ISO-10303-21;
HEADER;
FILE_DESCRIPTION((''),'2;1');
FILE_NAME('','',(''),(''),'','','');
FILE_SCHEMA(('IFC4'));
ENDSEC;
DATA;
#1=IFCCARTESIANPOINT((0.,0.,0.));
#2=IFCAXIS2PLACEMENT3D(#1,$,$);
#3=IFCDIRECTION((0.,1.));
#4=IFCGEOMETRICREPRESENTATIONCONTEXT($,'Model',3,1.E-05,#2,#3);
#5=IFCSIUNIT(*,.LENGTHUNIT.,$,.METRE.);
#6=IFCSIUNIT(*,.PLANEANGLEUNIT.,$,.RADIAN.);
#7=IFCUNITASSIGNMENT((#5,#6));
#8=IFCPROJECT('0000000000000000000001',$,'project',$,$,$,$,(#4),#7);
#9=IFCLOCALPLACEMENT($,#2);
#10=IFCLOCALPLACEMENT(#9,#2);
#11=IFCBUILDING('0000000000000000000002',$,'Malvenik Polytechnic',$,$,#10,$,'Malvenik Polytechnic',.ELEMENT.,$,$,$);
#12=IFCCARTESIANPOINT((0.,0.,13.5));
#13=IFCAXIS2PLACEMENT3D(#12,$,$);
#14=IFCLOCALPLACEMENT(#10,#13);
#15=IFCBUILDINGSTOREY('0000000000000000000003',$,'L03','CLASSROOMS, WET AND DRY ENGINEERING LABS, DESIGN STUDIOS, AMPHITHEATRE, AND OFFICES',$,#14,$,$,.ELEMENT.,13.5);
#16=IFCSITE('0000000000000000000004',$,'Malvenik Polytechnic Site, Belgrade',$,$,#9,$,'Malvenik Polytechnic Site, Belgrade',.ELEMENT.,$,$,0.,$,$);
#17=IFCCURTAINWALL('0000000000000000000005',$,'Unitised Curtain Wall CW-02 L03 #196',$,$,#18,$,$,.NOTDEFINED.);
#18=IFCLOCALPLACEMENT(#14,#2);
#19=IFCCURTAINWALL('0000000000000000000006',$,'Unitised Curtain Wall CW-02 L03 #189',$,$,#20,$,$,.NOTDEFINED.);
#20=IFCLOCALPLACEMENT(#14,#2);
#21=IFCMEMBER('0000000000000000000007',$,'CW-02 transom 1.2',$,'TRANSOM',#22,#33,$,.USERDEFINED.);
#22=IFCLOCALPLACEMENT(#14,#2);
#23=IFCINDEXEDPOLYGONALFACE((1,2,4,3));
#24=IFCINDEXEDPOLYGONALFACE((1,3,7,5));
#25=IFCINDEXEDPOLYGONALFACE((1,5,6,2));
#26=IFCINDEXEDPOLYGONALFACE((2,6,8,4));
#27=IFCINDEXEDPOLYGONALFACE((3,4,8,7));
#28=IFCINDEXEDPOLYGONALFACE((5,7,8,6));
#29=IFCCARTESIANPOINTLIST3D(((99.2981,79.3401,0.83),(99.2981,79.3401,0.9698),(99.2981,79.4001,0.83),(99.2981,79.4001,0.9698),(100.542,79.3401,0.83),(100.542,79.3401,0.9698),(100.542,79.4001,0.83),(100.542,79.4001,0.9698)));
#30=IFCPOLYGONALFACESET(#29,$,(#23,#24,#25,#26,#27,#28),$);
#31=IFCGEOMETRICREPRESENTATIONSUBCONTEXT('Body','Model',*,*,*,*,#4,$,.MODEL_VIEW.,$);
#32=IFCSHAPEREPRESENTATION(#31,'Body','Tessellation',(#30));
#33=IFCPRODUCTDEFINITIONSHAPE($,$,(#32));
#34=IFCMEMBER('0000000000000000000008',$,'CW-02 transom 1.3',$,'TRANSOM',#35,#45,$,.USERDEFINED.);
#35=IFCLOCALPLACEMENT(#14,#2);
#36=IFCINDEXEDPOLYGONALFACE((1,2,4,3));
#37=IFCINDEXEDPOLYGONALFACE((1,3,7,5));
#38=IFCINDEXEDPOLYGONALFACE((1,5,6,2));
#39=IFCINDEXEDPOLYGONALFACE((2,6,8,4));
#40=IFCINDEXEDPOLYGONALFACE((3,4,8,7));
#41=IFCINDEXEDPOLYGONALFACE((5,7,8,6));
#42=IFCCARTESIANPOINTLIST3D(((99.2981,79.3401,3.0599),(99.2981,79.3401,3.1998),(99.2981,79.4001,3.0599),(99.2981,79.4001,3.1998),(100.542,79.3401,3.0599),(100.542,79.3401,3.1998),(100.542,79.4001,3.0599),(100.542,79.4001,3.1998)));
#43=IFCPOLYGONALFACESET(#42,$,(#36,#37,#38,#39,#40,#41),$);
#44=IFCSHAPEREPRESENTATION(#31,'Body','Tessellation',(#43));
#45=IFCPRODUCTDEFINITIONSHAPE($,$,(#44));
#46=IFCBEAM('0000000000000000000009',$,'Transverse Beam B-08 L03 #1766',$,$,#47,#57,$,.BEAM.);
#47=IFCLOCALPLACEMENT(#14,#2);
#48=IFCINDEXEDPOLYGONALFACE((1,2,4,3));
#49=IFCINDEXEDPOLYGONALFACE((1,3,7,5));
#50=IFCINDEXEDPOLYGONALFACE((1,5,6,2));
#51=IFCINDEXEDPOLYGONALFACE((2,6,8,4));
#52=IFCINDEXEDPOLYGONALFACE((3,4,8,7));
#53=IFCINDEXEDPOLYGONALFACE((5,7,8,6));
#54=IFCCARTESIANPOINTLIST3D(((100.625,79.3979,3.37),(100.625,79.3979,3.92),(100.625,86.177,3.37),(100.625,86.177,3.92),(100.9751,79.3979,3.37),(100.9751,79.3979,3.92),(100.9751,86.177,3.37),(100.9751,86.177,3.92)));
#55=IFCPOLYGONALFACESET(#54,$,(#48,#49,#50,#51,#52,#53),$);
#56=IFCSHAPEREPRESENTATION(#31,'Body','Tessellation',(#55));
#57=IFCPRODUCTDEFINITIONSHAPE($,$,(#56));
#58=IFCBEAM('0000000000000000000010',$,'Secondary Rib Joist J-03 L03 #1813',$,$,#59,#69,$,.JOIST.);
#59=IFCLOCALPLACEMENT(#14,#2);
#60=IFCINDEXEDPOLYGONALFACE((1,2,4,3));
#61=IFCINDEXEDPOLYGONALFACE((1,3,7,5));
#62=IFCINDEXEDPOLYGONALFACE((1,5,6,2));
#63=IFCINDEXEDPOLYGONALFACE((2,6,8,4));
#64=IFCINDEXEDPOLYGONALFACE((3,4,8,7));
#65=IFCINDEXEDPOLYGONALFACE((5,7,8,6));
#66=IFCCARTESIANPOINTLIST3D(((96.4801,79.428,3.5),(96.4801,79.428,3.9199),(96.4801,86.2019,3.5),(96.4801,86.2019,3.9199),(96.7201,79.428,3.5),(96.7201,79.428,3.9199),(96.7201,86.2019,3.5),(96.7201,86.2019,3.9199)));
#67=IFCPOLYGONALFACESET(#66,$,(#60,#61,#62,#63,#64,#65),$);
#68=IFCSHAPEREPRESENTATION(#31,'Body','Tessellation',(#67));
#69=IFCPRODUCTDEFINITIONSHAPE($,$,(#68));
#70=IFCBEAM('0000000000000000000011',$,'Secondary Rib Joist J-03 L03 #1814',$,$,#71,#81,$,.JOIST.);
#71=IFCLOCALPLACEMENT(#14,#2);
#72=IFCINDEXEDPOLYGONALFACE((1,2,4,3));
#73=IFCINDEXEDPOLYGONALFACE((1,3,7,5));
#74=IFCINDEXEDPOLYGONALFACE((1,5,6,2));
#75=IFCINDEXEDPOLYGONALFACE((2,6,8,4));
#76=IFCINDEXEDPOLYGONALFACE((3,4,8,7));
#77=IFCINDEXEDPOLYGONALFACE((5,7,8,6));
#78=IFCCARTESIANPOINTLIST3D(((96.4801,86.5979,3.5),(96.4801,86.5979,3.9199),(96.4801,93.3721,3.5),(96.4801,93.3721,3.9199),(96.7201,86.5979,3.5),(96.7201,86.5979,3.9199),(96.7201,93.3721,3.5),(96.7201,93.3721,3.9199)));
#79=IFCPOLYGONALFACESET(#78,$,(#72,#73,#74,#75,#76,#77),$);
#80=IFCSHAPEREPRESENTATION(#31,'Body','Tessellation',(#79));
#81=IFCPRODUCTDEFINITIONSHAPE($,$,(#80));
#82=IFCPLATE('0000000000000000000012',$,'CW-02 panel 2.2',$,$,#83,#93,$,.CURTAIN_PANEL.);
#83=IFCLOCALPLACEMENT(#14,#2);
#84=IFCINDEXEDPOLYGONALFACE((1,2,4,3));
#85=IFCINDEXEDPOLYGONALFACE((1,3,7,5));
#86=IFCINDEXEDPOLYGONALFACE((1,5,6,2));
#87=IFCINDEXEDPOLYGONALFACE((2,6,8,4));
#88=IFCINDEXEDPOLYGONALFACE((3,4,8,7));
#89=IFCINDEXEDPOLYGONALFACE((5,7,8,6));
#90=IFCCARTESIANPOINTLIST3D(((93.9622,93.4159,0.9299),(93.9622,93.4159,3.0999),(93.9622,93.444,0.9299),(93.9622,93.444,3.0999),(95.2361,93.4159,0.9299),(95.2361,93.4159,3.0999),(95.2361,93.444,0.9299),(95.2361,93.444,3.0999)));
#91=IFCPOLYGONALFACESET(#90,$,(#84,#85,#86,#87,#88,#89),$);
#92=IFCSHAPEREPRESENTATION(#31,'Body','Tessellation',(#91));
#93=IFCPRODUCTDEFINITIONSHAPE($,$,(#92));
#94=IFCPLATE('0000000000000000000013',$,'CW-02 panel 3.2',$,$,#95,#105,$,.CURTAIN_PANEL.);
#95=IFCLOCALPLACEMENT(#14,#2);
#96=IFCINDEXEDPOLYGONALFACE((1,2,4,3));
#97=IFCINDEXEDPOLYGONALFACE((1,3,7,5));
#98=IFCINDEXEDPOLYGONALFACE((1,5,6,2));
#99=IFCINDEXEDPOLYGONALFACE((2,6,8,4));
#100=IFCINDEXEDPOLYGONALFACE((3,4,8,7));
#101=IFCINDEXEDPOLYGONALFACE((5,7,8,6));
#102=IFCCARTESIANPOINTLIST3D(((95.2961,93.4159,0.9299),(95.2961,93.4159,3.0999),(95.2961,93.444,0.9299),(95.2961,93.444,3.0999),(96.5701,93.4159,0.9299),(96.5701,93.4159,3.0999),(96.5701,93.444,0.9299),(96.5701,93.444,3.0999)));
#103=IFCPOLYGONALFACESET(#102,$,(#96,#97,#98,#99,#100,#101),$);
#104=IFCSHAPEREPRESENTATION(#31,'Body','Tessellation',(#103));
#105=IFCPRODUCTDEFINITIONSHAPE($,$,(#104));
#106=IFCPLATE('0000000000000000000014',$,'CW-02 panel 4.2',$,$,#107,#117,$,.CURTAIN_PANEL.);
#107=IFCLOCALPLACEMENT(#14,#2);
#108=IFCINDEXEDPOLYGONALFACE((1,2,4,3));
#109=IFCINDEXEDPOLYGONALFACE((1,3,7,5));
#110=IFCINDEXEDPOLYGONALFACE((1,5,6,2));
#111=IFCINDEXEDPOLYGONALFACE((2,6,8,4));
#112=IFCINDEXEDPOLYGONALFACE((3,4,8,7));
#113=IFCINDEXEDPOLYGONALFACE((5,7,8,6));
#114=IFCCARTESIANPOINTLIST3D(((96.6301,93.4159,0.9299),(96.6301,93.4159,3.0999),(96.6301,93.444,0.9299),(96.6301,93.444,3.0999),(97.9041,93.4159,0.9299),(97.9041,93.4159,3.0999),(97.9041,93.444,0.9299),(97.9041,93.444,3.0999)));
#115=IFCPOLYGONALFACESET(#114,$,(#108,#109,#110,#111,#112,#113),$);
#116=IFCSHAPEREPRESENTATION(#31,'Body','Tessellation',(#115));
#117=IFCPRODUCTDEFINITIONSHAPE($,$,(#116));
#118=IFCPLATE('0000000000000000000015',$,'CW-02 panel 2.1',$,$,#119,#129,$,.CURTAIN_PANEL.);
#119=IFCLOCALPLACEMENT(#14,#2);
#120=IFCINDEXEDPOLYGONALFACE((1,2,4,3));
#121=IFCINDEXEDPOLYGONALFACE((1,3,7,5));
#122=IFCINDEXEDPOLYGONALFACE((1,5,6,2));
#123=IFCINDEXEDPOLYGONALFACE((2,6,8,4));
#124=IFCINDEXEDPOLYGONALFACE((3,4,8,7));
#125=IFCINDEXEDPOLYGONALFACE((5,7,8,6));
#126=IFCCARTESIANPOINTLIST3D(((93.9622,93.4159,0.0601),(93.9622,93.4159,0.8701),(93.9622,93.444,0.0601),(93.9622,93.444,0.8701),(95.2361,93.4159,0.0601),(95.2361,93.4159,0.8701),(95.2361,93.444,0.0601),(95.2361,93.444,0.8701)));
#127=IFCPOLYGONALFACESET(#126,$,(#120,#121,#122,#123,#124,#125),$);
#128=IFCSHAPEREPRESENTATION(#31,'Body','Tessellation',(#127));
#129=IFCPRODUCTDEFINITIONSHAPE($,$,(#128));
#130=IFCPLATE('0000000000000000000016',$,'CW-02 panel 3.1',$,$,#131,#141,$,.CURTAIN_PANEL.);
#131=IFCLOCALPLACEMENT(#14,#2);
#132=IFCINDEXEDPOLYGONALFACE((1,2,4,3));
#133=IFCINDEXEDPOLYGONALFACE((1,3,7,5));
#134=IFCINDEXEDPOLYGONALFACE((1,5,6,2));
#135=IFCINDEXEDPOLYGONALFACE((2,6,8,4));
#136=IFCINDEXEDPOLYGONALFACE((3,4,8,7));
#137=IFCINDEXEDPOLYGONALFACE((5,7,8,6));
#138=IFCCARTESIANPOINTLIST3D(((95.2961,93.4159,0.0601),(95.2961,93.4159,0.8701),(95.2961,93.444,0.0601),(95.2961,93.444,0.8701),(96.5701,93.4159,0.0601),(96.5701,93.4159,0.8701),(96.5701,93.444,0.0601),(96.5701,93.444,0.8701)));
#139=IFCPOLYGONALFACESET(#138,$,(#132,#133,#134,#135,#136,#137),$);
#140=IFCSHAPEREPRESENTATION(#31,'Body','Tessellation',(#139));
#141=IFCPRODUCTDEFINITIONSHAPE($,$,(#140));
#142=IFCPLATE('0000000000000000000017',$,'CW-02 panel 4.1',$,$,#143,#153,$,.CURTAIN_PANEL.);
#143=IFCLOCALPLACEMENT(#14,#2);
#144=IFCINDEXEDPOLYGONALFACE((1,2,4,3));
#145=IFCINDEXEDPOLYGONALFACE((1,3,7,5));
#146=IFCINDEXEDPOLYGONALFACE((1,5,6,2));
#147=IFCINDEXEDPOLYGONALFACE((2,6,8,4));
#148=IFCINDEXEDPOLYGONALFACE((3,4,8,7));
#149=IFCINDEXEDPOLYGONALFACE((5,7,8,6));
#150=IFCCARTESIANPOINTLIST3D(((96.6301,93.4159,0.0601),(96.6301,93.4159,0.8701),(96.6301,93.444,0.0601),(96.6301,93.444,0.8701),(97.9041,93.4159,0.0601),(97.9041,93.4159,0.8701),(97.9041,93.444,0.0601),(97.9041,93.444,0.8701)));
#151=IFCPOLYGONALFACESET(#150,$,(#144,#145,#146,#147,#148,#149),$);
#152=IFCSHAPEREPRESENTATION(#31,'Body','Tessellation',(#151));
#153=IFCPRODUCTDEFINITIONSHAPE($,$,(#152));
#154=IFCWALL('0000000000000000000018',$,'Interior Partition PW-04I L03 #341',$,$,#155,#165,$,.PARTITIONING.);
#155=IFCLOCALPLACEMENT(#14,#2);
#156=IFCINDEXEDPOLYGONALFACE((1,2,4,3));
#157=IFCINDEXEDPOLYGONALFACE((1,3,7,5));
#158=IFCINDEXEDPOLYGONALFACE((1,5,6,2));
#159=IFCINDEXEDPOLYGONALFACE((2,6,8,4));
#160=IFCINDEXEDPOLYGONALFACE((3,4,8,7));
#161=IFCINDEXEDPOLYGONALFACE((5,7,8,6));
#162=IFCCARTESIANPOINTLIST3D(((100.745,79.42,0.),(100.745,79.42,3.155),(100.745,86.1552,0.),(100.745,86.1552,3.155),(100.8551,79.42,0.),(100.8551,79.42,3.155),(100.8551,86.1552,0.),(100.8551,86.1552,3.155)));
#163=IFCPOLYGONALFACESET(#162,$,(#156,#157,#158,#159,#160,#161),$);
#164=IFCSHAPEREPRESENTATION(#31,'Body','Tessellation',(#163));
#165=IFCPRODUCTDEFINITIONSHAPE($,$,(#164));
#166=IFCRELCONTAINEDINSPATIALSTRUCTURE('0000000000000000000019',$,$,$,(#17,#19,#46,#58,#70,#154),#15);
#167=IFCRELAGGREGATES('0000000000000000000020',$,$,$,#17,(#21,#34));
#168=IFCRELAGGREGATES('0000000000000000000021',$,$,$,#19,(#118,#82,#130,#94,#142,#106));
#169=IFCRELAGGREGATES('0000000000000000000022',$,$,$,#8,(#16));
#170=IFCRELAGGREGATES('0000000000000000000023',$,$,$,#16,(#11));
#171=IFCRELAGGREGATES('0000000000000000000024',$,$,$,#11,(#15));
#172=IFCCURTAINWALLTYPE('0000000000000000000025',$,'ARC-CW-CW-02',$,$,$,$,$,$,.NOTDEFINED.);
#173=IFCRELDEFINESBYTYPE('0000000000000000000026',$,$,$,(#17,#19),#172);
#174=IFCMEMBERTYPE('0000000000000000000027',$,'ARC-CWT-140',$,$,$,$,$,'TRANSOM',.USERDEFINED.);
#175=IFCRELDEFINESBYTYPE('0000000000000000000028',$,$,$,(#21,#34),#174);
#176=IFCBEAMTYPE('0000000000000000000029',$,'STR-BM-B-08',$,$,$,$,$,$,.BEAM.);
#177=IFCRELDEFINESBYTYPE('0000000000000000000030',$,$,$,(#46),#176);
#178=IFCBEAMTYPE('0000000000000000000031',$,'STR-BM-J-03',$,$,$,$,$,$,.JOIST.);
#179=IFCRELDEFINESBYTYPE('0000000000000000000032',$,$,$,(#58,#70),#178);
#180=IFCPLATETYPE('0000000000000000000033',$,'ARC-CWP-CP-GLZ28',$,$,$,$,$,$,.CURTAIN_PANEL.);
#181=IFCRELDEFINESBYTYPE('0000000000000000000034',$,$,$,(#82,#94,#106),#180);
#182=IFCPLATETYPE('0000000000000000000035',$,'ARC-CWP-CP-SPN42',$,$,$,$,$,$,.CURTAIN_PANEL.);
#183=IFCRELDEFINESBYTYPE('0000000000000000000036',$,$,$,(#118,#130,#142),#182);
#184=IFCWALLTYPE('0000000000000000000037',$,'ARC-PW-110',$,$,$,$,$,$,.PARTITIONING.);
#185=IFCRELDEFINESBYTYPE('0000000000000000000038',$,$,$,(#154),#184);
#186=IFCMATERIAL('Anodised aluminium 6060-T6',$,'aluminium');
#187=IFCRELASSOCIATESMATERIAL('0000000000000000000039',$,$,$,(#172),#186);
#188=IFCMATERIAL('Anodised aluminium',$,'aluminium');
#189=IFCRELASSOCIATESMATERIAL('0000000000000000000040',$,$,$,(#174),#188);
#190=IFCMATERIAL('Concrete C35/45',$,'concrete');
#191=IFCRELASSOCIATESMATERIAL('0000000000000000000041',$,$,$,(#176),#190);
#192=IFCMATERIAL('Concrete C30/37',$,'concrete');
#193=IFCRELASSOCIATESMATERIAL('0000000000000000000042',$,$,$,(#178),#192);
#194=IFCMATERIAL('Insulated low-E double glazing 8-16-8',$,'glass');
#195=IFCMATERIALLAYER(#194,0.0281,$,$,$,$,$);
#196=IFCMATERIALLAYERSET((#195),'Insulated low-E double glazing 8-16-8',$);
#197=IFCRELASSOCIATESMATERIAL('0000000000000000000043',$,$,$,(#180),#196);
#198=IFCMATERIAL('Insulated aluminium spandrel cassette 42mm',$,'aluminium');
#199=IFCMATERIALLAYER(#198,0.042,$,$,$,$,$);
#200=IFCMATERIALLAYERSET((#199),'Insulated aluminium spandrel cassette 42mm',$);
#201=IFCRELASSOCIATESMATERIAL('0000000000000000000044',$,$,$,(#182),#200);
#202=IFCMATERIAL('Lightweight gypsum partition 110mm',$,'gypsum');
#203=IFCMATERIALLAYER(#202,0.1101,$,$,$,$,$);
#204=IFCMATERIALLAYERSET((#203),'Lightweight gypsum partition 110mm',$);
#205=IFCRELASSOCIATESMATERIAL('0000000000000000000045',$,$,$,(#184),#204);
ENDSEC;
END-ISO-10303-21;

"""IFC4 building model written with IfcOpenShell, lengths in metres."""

from ifc_helpers import new_model, si_unit, direction, frame, frame_2d, origin, origin_2d, place, context, subcontext, project, spatial, rectangle, extrude, material, layer, layer_set, material_profile, profile_set, type_object, element, aggregate, save


model = new_model("IFC4")

# Units and contexts
model_context = context("Model", 3, precision=1e-05, world=origin(), true_north=direction((0.0, 1.0)))
body_context = subcontext(model_context, "Body", "Model", "MODEL_VIEW")
ifc_project = project(units=[si_unit("LENGTHUNIT", "METRE"), si_unit("PLANEANGLEUNIT", "RADIAN")], contexts=[model_context])

# Site, building, storey
site_placement = place(None, origin())
site = spatial("IfcSite", under=ifc_project, at=site_placement, Name="Malvenik Polytechnic Site, Belgrade", LongName="Malvenik Polytechnic Site, Belgrade", CompositionType="ELEMENT", RefElevation=0.0)
building_placement = place(site_placement, origin())
building = spatial("IfcBuilding", under=site, at=building_placement, Name="Malvenik Polytechnic", LongName="Malvenik Polytechnic", CompositionType="ELEMENT")
storey_placement = place(building_placement, frame((0.0, 0.0, 13.5)))
storey = spatial("IfcBuildingStorey", under=building, at=storey_placement, Name="L03", Description="CLASSROOMS, WET AND DRY ENGINEERING LABS, DESIGN STUDIOS, AMPHITHEATRE, AND OFFICES", CompositionType="ELEMENT", Elevation=13.5)

# Shared definitions
ifc_material_1 = material(Name="Concrete C35/45", Category="concrete")

# Curtain wall
ifc_material_2 = material(Name="Anodised aluminium 6060-T6", Category="aluminium")
curtain_wall_type = type_object("IfcCurtainWallType", Name="ARC-CW-CW-02", PredefinedType="NOTDEFINED", material=ifc_material_2)
curtain_wall_1_placement = place(storey_placement, origin())
curtain_wall_1 = element("IfcCurtainWall", 1, at=curtain_wall_1_placement, inside=storey, type_object=curtain_wall_type, Name="Unitised Curtain Wall CW-02 L03 #196", PredefinedType="NOTDEFINED")
ifc_material_3 = material(Name="Anodised aluminium", Category="aluminium")

# Curtain wall
curtain_wall_2_placement = place(storey_placement, origin())
curtain_wall_2 = element("IfcCurtainWall", 2, at=curtain_wall_2_placement, inside=storey, type_object=curtain_wall_type, Name="Unitised Curtain Wall CW-02 L03 #189", PredefinedType="NOTDEFINED")

# Members
ifc_material_profile_1 = material_profile(ifc_material_3, rectangle(XDim=0.0601, YDim=0.1399, at=origin_2d()), Name="ALU TRANSOM 60x140")
ifc_profile_set_1 = profile_set([ifc_material_profile_1], Name="Anodised aluminium")
member_type_1 = type_object("IfcMemberType", Name="ARC-CWT-140", ElementType="TRANSOM", PredefinedType="USERDEFINED", material=ifc_profile_set_1)
member_1_placement = place(storey_placement, frame((100.542, 79.3701, 0.8999), z_axis=(-1.0, 0.0, 0.0), x_axis=(0.0, -1.0, 0.0)))
member_1 = element("IfcMember", 3, at=member_1_placement, type_object=member_type_1, Name="CW-02 transom 1.2", ObjectType="TRANSOM", PredefinedType="USERDEFINED", context=body_context, shape_type="SweptSolid", body=[
    extrude(rectangle(XDim=0.0601, YDim=0.1399, at=origin_2d()), origin(), (0.0, 0.0, 1.0), 1.2439),
])
member_2_placement = place(storey_placement, frame((100.542, 79.3701, 3.1299), z_axis=(-1.0, 0.0, 0.0), x_axis=(0.0, -1.0, 0.0)))
member_2 = element("IfcMember", 4, at=member_2_placement, type_object=member_type_1, Name="CW-02 transom 1.3", ObjectType="TRANSOM", PredefinedType="USERDEFINED", context=body_context, shape_type="SweptSolid", body=[
    extrude(rectangle(XDim=0.0601, YDim=0.1399, at=origin_2d()), origin(), (0.0, 0.0, 1.0), 1.2439),
])
aggregate(curtain_wall_1, [member_1, member_2])

# Beams
ifc_material_profile_2 = material_profile(ifc_material_1, rectangle(XDim=0.3501, YDim=0.55, at=origin_2d()), Name="RC BM 350x550")
ifc_profile_set_2 = profile_set([ifc_material_profile_2], Name="Concrete C35/45")
beam_type_1 = type_object("IfcBeamType", Name="STR-BM-B-08", PredefinedType="BEAM", material=ifc_profile_set_2)
beam_1_placement = place(storey_placement, frame((100.8, 79.3979, 3.645), z_axis=(0.0, 1.0, 0.0), x_axis=(-1.0, 0.0, 0.0)))
element("IfcBeam", 5, at=beam_1_placement, inside=storey, type_object=beam_type_1, Name="Transverse Beam B-08 L03 #1766", PredefinedType="BEAM", context=body_context, shape_type="SweptSolid", body=[
    extrude(rectangle(XDim=0.3501, YDim=0.55, at=origin_2d()), origin(), (0.0, 0.0, 1.0), 6.7791),
])
ifc_material_4 = material(Name="Concrete C30/37", Category="concrete")
ifc_material_profile_3 = material_profile(ifc_material_4, rectangle(XDim=0.24, YDim=0.4199, at=origin_2d()), Name="RC JST 240x420")
ifc_profile_set_3 = profile_set([ifc_material_profile_3], Name="Concrete C30/37")
beam_type_2 = type_object("IfcBeamType", Name="STR-BM-J-03", PredefinedType="JOIST", material=ifc_profile_set_3)
beam_2_placement = place(storey_placement, frame((96.6001, 79.428, 3.71), z_axis=(0.0, 1.0, 0.0), x_axis=(-1.0, 0.0, 0.0)))
element("IfcBeam", 6, at=beam_2_placement, inside=storey, type_object=beam_type_2, Name="Secondary Rib Joist J-03 L03 #1813", PredefinedType="JOIST", context=body_context, shape_type="SweptSolid", body=[
    extrude(rectangle(XDim=0.24, YDim=0.4199, at=origin_2d()), origin(), (0.0, 0.0, 1.0), 6.7739),
])
beam_3_placement = place(storey_placement, frame((96.6001, 86.5979, 3.71), z_axis=(0.0, 1.0, 0.0), x_axis=(-1.0, 0.0, 0.0)))
element("IfcBeam", 7, at=beam_3_placement, inside=storey, type_object=beam_type_2, Name="Secondary Rib Joist J-03 L03 #1814", PredefinedType="JOIST", context=body_context, shape_type="SweptSolid", body=[
    extrude(rectangle(XDim=0.24, YDim=0.4199, at=origin_2d()), origin(), (0.0, 0.0, 1.0), 6.7742),
])

# Plates
ifc_material_5 = material(Name="Insulated low-E double glazing 8-16-8", Category="glass")
ifc_layer_1 = layer(ifc_material_5, 0.0281)
ifc_layer_set_1 = layer_set([ifc_layer_1], Name="Insulated low-E double glazing 8-16-8")
plate_type_1 = type_object("IfcPlateType", Name="ARC-CWP-CP-GLZ28", PredefinedType="CURTAIN_PANEL", material=ifc_layer_set_1)
plate_1_placement = place(storey_placement, frame((94.5991, 93.4299, 0.9299), z_axis=(0.0, 0.0, 1.0), x_axis=(1.0, 0.0, 0.0)))
plate_1 = element("IfcPlate", 8, at=plate_1_placement, type_object=plate_type_1, Name="CW-02 panel 2.2", PredefinedType="CURTAIN_PANEL", context=body_context, shape_type="SweptSolid", body=[
    extrude(rectangle(XDim=1.2739, YDim=0.0281, at=origin_2d()), origin(), (0.0, 0.0, 1.0), 2.1699),
])
plate_2_placement = place(storey_placement, frame((95.9331, 93.4299, 0.9299), z_axis=(0.0, 0.0, 1.0), x_axis=(1.0, 0.0, 0.0)))
plate_2 = element("IfcPlate", 9, at=plate_2_placement, type_object=plate_type_1, Name="CW-02 panel 3.2", PredefinedType="CURTAIN_PANEL", context=body_context, shape_type="SweptSolid", body=[
    extrude(rectangle(XDim=1.2739, YDim=0.0281, at=origin_2d()), origin(), (0.0, 0.0, 1.0), 2.1699),
])
plate_3_placement = place(storey_placement, frame((97.2671, 93.4299, 0.9299), z_axis=(0.0, 0.0, 1.0), x_axis=(1.0, 0.0, 0.0)))
plate_3 = element("IfcPlate", 10, at=plate_3_placement, type_object=plate_type_1, Name="CW-02 panel 4.2", PredefinedType="CURTAIN_PANEL", context=body_context, shape_type="SweptSolid", body=[
    extrude(rectangle(XDim=1.2739, YDim=0.0281, at=origin_2d()), origin(), (0.0, 0.0, 1.0), 2.1699),
])
ifc_material_6 = material(Name="Insulated aluminium spandrel cassette 42mm", Category="aluminium")
ifc_layer_2 = layer(ifc_material_6, 0.042)
ifc_layer_set_2 = layer_set([ifc_layer_2], Name="Insulated aluminium spandrel cassette 42mm")
plate_type_2 = type_object("IfcPlateType", Name="ARC-CWP-CP-SPN42", PredefinedType="CURTAIN_PANEL", material=ifc_layer_set_2)
plate_4_placement = place(storey_placement, frame((94.5991, 93.4299, 0.0601), z_axis=(0.0, 0.0, 1.0), x_axis=(1.0, 0.0, 0.0)))
plate_4 = element("IfcPlate", 11, at=plate_4_placement, type_object=plate_type_2, Name="CW-02 panel 2.1", PredefinedType="CURTAIN_PANEL", context=body_context, shape_type="SweptSolid", body=[
    extrude(rectangle(XDim=1.2739, YDim=0.0281, at=origin_2d()), origin(), (0.0, 0.0, 1.0), 0.8101),
])
plate_5_placement = place(storey_placement, frame((95.9331, 93.4299, 0.0601), z_axis=(0.0, 0.0, 1.0), x_axis=(1.0, 0.0, 0.0)))
plate_5 = element("IfcPlate", 12, at=plate_5_placement, type_object=plate_type_2, Name="CW-02 panel 3.1", PredefinedType="CURTAIN_PANEL", context=body_context, shape_type="SweptSolid", body=[
    extrude(rectangle(XDim=1.2739, YDim=0.0281, at=origin_2d()), origin(), (0.0, 0.0, 1.0), 0.8101),
])
plate_6_placement = place(storey_placement, frame((97.2671, 93.4299, 0.0601), z_axis=(0.0, 0.0, 1.0), x_axis=(1.0, 0.0, 0.0)))
plate_6 = element("IfcPlate", 13, at=plate_6_placement, type_object=plate_type_2, Name="CW-02 panel 4.1", PredefinedType="CURTAIN_PANEL", context=body_context, shape_type="SweptSolid", body=[
    extrude(rectangle(XDim=1.2739, YDim=0.0281, at=origin_2d()), origin(), (0.0, 0.0, 1.0), 0.8101),
])
aggregate(curtain_wall_2, [plate_4, plate_1, plate_5, plate_2, plate_6, plate_3])

# Wall
ifc_material_7 = material(Name="Lightweight gypsum partition 110mm", Category="gypsum")
ifc_layer_3 = layer(ifc_material_7, 0.1101)
ifc_layer_set_3 = layer_set([ifc_layer_3], Name="Lightweight gypsum partition 110mm")
wall_type = type_object("IfcWallType", Name="ARC-PW-110", PredefinedType="PARTITIONING", material=ifc_layer_set_3)
wall_placement = place(storey_placement, frame((100.8, 79.4199, 0.0), z_axis=(0.0, 0.0, 1.0), x_axis=(0.0, 1.0, 0.0)))
element("IfcWall", 14, at=wall_placement, inside=storey, type_object=wall_type, Name="Interior Partition PW-04I L03 #341", PredefinedType="PARTITIONING", context=body_context, shape_type="SweptSolid", body=[
    extrude(rectangle(XDim=6.7351, YDim=0.1101, at=frame_2d((3.3677, 0.0))), origin(), (0.0, 0.0, 1.0), 3.155),
])

save(model, "model.ifc")
